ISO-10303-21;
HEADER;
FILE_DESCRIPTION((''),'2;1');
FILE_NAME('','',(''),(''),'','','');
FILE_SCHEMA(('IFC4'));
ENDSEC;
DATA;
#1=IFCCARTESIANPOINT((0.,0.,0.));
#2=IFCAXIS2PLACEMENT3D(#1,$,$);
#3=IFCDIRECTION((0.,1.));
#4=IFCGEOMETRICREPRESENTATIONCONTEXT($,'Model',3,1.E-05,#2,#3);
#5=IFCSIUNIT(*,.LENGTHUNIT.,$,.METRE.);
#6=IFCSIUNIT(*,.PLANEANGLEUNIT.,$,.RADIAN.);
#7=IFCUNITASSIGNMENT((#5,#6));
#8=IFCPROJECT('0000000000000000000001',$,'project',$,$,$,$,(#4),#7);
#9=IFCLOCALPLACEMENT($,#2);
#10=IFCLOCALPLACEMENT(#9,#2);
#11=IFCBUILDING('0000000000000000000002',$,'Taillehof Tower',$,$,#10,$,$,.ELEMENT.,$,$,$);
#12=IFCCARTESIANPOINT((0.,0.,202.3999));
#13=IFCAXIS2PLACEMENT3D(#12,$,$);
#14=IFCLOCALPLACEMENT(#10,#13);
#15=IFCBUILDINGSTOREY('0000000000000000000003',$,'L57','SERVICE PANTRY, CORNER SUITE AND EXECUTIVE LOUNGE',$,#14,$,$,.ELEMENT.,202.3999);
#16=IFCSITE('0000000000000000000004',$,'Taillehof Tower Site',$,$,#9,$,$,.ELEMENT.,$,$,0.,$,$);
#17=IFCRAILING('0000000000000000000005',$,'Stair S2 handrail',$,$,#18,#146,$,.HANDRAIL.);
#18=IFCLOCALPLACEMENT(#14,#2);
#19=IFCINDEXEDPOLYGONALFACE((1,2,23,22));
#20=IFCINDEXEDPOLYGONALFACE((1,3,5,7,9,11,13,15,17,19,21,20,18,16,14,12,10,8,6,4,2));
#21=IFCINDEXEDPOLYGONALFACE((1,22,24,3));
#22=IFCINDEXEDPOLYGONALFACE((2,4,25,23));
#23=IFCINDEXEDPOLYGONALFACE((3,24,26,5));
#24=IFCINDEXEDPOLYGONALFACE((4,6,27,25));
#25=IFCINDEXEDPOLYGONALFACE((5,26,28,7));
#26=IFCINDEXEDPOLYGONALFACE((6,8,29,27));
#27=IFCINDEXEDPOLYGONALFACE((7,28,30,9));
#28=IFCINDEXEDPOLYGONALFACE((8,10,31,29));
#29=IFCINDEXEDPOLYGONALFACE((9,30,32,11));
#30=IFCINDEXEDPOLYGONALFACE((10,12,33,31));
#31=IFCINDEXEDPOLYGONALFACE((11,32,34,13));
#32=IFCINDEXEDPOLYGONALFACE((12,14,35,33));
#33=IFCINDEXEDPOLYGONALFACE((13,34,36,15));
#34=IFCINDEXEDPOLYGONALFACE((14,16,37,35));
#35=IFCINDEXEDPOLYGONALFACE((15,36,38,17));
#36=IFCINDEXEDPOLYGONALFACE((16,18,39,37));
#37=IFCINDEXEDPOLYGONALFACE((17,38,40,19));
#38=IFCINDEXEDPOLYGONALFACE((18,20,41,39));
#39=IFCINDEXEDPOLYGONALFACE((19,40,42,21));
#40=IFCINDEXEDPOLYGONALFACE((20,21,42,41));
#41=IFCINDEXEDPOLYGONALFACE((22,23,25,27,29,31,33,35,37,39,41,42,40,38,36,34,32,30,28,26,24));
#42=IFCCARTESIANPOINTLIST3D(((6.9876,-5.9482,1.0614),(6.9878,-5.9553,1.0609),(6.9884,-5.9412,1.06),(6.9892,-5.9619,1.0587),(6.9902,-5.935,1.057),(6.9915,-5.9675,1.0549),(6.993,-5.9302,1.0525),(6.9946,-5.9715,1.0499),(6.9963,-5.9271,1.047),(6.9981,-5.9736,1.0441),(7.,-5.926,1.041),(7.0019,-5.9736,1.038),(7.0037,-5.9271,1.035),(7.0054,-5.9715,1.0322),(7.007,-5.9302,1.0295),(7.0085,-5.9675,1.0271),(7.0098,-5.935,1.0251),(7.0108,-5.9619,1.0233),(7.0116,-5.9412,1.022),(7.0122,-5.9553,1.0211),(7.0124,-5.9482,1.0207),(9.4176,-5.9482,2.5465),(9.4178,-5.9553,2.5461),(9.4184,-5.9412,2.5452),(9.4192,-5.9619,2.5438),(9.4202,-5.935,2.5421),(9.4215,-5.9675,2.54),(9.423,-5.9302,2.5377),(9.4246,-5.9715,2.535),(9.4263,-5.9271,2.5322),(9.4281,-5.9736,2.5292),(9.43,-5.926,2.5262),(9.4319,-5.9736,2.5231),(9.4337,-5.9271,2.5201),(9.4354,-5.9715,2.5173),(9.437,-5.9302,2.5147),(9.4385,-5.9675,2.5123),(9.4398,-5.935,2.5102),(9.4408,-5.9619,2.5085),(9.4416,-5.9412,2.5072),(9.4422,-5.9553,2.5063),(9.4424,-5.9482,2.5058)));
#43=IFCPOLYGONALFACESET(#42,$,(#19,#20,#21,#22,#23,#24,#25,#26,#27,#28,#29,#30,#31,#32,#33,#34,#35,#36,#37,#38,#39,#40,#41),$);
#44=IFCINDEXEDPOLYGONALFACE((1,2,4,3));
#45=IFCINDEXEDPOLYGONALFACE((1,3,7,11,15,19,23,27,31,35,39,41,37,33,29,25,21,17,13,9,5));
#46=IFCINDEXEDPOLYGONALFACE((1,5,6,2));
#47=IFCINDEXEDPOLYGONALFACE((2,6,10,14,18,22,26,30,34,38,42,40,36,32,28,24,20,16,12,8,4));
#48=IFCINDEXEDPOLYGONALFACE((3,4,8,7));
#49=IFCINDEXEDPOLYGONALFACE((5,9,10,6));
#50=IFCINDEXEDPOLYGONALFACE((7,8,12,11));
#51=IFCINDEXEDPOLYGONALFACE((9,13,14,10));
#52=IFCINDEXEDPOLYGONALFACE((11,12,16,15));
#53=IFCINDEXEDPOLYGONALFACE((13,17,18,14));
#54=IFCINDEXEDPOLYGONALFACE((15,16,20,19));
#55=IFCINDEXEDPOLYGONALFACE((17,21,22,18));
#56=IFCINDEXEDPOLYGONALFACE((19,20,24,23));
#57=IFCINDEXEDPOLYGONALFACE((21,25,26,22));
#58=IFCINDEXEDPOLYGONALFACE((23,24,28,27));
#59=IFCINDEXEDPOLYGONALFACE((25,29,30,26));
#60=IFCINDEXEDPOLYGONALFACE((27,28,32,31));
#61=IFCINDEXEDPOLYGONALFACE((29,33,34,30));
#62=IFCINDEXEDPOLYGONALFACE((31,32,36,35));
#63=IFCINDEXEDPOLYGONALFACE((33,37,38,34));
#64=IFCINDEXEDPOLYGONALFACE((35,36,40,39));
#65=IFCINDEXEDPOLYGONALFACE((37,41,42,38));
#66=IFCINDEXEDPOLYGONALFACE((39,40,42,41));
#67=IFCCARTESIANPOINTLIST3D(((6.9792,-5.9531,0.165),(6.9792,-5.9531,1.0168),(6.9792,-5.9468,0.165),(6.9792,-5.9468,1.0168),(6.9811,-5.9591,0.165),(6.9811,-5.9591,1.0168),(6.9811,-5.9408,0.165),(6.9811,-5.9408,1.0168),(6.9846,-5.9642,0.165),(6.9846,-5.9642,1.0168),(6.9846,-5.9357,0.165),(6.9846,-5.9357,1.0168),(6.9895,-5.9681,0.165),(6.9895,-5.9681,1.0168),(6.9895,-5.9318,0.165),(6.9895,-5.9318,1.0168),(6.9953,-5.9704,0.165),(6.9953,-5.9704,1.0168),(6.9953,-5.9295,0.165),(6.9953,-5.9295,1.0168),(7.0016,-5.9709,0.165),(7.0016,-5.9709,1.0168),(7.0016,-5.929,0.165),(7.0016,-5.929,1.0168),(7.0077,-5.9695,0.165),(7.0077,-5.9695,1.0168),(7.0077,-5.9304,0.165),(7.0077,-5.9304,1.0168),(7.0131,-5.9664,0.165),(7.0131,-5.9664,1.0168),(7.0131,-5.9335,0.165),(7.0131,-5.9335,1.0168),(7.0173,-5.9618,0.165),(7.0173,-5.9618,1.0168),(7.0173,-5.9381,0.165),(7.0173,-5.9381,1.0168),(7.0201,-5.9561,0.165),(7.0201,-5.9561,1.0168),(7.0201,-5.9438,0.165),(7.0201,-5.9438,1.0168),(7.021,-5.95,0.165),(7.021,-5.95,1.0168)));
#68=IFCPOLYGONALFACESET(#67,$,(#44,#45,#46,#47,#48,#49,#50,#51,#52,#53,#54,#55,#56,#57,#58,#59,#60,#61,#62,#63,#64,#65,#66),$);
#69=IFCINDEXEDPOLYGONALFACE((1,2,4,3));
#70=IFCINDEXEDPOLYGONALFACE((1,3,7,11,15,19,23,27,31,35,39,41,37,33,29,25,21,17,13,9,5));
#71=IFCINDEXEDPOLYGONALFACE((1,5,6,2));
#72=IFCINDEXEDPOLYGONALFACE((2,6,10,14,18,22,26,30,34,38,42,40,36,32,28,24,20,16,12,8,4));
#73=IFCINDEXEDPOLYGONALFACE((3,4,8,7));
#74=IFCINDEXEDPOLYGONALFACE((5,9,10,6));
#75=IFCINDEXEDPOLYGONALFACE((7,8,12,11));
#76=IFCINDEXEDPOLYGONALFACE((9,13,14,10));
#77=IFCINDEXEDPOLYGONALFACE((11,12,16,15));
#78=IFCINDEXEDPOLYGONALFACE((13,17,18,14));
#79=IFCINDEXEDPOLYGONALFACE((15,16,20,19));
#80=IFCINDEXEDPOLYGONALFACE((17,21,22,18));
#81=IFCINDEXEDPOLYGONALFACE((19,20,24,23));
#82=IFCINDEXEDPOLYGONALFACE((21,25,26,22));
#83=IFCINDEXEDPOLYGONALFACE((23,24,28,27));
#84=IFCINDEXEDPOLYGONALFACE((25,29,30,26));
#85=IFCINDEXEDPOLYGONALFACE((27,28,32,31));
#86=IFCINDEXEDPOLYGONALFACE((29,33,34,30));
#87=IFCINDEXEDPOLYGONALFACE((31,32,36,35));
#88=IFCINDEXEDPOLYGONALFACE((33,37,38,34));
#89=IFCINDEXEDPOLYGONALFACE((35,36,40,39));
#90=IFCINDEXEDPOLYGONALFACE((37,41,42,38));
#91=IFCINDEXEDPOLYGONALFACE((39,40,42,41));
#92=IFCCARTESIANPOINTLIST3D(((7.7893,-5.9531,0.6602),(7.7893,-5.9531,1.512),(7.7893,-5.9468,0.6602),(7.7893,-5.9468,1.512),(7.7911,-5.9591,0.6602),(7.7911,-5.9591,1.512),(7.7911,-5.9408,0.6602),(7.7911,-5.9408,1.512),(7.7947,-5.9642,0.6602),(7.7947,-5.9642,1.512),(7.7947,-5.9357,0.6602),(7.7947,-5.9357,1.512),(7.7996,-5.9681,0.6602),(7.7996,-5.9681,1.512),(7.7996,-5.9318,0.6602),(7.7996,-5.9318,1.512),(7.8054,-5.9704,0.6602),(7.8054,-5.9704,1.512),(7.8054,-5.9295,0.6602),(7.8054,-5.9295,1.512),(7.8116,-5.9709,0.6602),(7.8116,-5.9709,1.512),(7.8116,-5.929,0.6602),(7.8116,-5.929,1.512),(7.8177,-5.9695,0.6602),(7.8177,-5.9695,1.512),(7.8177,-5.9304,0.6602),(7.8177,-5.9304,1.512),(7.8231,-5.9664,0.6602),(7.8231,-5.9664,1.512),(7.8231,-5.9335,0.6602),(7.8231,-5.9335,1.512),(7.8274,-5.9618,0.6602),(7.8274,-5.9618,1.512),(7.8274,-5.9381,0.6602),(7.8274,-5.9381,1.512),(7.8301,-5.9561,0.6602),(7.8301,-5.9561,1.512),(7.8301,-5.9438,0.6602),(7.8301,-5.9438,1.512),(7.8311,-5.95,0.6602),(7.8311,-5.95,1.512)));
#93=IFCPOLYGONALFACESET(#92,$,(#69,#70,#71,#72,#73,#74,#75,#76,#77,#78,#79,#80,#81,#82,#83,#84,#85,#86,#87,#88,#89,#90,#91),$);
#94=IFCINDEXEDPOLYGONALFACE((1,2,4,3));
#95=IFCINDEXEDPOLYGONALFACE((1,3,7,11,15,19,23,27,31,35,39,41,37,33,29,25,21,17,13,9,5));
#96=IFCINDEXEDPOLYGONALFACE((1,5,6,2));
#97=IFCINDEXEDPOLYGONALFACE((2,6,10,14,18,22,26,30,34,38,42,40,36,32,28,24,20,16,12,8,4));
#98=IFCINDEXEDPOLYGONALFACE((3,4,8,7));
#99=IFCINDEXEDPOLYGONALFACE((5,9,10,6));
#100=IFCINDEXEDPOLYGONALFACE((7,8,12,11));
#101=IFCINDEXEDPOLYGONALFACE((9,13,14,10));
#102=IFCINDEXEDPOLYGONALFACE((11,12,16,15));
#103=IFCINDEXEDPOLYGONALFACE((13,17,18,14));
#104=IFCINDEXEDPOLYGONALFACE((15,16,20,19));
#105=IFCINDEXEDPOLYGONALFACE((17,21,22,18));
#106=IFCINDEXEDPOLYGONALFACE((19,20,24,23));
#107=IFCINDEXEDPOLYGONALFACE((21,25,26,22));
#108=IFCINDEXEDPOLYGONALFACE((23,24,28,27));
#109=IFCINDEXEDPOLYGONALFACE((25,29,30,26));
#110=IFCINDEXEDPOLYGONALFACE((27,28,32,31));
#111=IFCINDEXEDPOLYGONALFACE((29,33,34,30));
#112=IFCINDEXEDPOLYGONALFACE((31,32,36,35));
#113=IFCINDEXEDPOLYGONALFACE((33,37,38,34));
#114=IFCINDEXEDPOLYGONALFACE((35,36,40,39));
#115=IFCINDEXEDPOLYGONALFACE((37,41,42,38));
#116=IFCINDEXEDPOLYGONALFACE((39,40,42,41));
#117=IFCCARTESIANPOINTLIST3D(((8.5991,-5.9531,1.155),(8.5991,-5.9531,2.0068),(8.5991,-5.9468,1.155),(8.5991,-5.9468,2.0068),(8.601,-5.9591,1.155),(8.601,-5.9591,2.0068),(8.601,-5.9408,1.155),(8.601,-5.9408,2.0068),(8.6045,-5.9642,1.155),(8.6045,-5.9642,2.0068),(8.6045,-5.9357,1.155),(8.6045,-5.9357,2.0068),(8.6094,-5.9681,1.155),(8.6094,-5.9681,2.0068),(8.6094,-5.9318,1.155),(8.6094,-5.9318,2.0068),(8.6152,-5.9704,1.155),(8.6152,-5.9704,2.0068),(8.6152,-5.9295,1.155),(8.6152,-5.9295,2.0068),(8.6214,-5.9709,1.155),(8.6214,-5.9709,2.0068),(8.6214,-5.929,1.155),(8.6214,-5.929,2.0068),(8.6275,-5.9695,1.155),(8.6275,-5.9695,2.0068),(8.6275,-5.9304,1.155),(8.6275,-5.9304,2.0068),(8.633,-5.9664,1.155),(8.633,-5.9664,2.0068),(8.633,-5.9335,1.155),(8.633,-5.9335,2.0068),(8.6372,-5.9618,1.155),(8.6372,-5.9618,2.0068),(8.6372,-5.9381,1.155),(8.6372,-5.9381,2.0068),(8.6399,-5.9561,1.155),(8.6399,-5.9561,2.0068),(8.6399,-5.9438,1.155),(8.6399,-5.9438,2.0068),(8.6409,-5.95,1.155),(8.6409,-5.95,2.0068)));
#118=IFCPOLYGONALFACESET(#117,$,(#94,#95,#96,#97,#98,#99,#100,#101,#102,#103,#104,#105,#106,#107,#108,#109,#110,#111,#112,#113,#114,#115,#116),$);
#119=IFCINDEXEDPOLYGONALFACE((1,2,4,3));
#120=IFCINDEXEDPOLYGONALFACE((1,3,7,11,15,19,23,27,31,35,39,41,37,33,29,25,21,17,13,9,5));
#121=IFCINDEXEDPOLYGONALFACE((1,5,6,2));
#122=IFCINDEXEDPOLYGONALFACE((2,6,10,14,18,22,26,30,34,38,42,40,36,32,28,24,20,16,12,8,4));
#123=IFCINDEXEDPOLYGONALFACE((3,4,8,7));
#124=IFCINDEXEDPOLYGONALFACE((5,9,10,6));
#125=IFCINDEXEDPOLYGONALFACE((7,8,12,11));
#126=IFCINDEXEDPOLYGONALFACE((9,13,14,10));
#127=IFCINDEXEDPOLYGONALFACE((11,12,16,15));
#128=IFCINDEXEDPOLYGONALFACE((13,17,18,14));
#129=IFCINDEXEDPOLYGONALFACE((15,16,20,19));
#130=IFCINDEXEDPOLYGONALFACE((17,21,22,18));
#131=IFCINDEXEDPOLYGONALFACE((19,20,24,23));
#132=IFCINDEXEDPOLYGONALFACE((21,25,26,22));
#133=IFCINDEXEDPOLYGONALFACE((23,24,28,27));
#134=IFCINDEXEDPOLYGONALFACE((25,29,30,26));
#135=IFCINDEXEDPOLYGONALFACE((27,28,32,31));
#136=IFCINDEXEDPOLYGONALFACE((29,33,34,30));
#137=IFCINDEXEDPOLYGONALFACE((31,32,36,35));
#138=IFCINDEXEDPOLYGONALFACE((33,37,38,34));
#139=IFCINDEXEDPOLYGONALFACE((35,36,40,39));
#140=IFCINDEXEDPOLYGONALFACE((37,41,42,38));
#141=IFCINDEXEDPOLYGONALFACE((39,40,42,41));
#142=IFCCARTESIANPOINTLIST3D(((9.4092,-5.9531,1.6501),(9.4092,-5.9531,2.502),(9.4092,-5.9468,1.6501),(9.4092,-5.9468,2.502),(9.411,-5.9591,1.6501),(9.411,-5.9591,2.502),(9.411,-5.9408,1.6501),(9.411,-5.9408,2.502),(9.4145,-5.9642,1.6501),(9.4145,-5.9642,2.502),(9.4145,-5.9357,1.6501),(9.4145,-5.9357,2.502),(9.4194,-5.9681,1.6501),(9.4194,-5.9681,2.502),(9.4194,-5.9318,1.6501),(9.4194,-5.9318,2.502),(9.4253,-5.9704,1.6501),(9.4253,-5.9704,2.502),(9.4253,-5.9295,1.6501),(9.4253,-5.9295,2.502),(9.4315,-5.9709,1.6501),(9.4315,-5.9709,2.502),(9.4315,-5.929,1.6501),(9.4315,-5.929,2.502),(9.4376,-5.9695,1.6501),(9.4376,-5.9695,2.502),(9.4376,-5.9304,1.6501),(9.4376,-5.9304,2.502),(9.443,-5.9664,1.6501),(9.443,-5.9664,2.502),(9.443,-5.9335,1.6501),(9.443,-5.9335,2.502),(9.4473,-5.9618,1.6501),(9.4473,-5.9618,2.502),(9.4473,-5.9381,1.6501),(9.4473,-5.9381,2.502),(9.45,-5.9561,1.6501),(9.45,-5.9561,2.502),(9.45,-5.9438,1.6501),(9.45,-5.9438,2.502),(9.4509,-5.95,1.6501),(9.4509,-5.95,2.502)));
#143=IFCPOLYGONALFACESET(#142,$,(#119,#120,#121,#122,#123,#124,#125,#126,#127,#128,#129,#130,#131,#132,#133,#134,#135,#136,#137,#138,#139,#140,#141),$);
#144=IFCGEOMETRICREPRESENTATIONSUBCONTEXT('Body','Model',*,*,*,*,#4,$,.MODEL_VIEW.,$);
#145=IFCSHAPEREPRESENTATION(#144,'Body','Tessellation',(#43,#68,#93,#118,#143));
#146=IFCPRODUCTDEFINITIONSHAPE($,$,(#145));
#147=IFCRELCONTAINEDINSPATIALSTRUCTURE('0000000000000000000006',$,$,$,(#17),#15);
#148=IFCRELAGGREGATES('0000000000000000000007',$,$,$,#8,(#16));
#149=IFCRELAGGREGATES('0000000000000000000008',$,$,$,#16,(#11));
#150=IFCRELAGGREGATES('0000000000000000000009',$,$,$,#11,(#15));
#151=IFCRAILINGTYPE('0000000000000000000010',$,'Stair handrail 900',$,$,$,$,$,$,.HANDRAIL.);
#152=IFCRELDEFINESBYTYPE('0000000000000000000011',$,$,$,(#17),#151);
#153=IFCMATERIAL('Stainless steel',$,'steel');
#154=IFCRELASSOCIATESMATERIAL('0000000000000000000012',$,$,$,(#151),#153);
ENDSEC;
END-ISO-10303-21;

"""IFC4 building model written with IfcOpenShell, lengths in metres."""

from ifc_helpers import new_model, si_unit, direction, frame, origin, origin_2d, place, context, subcontext, project, spatial, circle, extrude, material, type_object, element, save


model = new_model("IFC4")

# Units and contexts
model_context = context("Model", 3, precision=1e-05, world=origin(), true_north=direction((0.0, 1.0)))
body_context = subcontext(model_context, "Body", "Model", "MODEL_VIEW")
ifc_project = project(units=[si_unit("LENGTHUNIT", "METRE"), si_unit("PLANEANGLEUNIT", "RADIAN")], contexts=[model_context])

# Site, building, storey
site_placement = place(None, origin())
site = spatial("IfcSite", under=ifc_project, at=site_placement, Name="Taillehof Tower Site", CompositionType="ELEMENT", RefElevation=0.0)
building_placement = place(site_placement, origin())
building = spatial("IfcBuilding", under=site, at=building_placement, Name="Taillehof Tower", CompositionType="ELEMENT")
storey_placement = place(building_placement, frame((0.0, 0.0, 202.3999)))
storey = spatial("IfcBuildingStorey", under=building, at=storey_placement, Name="L57", Description="SERVICE PANTRY, CORNER SUITE AND EXECUTIVE LOUNGE", CompositionType="ELEMENT", Elevation=202.3999)

# Railing
ifc_material_1 = material(Name="Stainless steel", Category="steel")
railing_type = type_object("IfcRailingType", Name="Stair handrail 900", PredefinedType="HANDRAIL", material=ifc_material_1)
railing_1_placement = place(storey_placement, frame((7.0, -5.95, 0.165)))
element("IfcRailing", 1, at=railing_1_placement, inside=storey, type_object=railing_type, Name="Stair S2 handrail", PredefinedType="HANDRAIL", context=body_context, shape_type="SweptSolid", body=[
    extrude(circle(Radius=0.0239, at=origin_2d()), frame((0.0, 0.0, 0.876), z_axis=(0.853259, 0.0, 0.521488), x_axis=(0.0, 1.0, 0.0)), (0.0, 0.0, 1.0), 2.8479),
    extrude(circle(Radius=0.021, at=origin_2d()), origin(), (0.0, 0.0, 1.0), 0.8518),
    extrude(circle(Radius=0.021, at=origin_2d()), frame((0.8101, 0.0, 0.4951)), (0.0, 0.0, 1.0), 0.8518),
    extrude(circle(Radius=0.021, at=origin_2d()), frame((1.6199, 0.0, 0.99)), (0.0, 0.0, 1.0), 0.8518),
    extrude(circle(Radius=0.021, at=origin_2d()), frame((2.4299, 0.0, 1.4851)), (0.0, 0.0, 1.0), 0.8518),
])

save(model, "model.ifc")
